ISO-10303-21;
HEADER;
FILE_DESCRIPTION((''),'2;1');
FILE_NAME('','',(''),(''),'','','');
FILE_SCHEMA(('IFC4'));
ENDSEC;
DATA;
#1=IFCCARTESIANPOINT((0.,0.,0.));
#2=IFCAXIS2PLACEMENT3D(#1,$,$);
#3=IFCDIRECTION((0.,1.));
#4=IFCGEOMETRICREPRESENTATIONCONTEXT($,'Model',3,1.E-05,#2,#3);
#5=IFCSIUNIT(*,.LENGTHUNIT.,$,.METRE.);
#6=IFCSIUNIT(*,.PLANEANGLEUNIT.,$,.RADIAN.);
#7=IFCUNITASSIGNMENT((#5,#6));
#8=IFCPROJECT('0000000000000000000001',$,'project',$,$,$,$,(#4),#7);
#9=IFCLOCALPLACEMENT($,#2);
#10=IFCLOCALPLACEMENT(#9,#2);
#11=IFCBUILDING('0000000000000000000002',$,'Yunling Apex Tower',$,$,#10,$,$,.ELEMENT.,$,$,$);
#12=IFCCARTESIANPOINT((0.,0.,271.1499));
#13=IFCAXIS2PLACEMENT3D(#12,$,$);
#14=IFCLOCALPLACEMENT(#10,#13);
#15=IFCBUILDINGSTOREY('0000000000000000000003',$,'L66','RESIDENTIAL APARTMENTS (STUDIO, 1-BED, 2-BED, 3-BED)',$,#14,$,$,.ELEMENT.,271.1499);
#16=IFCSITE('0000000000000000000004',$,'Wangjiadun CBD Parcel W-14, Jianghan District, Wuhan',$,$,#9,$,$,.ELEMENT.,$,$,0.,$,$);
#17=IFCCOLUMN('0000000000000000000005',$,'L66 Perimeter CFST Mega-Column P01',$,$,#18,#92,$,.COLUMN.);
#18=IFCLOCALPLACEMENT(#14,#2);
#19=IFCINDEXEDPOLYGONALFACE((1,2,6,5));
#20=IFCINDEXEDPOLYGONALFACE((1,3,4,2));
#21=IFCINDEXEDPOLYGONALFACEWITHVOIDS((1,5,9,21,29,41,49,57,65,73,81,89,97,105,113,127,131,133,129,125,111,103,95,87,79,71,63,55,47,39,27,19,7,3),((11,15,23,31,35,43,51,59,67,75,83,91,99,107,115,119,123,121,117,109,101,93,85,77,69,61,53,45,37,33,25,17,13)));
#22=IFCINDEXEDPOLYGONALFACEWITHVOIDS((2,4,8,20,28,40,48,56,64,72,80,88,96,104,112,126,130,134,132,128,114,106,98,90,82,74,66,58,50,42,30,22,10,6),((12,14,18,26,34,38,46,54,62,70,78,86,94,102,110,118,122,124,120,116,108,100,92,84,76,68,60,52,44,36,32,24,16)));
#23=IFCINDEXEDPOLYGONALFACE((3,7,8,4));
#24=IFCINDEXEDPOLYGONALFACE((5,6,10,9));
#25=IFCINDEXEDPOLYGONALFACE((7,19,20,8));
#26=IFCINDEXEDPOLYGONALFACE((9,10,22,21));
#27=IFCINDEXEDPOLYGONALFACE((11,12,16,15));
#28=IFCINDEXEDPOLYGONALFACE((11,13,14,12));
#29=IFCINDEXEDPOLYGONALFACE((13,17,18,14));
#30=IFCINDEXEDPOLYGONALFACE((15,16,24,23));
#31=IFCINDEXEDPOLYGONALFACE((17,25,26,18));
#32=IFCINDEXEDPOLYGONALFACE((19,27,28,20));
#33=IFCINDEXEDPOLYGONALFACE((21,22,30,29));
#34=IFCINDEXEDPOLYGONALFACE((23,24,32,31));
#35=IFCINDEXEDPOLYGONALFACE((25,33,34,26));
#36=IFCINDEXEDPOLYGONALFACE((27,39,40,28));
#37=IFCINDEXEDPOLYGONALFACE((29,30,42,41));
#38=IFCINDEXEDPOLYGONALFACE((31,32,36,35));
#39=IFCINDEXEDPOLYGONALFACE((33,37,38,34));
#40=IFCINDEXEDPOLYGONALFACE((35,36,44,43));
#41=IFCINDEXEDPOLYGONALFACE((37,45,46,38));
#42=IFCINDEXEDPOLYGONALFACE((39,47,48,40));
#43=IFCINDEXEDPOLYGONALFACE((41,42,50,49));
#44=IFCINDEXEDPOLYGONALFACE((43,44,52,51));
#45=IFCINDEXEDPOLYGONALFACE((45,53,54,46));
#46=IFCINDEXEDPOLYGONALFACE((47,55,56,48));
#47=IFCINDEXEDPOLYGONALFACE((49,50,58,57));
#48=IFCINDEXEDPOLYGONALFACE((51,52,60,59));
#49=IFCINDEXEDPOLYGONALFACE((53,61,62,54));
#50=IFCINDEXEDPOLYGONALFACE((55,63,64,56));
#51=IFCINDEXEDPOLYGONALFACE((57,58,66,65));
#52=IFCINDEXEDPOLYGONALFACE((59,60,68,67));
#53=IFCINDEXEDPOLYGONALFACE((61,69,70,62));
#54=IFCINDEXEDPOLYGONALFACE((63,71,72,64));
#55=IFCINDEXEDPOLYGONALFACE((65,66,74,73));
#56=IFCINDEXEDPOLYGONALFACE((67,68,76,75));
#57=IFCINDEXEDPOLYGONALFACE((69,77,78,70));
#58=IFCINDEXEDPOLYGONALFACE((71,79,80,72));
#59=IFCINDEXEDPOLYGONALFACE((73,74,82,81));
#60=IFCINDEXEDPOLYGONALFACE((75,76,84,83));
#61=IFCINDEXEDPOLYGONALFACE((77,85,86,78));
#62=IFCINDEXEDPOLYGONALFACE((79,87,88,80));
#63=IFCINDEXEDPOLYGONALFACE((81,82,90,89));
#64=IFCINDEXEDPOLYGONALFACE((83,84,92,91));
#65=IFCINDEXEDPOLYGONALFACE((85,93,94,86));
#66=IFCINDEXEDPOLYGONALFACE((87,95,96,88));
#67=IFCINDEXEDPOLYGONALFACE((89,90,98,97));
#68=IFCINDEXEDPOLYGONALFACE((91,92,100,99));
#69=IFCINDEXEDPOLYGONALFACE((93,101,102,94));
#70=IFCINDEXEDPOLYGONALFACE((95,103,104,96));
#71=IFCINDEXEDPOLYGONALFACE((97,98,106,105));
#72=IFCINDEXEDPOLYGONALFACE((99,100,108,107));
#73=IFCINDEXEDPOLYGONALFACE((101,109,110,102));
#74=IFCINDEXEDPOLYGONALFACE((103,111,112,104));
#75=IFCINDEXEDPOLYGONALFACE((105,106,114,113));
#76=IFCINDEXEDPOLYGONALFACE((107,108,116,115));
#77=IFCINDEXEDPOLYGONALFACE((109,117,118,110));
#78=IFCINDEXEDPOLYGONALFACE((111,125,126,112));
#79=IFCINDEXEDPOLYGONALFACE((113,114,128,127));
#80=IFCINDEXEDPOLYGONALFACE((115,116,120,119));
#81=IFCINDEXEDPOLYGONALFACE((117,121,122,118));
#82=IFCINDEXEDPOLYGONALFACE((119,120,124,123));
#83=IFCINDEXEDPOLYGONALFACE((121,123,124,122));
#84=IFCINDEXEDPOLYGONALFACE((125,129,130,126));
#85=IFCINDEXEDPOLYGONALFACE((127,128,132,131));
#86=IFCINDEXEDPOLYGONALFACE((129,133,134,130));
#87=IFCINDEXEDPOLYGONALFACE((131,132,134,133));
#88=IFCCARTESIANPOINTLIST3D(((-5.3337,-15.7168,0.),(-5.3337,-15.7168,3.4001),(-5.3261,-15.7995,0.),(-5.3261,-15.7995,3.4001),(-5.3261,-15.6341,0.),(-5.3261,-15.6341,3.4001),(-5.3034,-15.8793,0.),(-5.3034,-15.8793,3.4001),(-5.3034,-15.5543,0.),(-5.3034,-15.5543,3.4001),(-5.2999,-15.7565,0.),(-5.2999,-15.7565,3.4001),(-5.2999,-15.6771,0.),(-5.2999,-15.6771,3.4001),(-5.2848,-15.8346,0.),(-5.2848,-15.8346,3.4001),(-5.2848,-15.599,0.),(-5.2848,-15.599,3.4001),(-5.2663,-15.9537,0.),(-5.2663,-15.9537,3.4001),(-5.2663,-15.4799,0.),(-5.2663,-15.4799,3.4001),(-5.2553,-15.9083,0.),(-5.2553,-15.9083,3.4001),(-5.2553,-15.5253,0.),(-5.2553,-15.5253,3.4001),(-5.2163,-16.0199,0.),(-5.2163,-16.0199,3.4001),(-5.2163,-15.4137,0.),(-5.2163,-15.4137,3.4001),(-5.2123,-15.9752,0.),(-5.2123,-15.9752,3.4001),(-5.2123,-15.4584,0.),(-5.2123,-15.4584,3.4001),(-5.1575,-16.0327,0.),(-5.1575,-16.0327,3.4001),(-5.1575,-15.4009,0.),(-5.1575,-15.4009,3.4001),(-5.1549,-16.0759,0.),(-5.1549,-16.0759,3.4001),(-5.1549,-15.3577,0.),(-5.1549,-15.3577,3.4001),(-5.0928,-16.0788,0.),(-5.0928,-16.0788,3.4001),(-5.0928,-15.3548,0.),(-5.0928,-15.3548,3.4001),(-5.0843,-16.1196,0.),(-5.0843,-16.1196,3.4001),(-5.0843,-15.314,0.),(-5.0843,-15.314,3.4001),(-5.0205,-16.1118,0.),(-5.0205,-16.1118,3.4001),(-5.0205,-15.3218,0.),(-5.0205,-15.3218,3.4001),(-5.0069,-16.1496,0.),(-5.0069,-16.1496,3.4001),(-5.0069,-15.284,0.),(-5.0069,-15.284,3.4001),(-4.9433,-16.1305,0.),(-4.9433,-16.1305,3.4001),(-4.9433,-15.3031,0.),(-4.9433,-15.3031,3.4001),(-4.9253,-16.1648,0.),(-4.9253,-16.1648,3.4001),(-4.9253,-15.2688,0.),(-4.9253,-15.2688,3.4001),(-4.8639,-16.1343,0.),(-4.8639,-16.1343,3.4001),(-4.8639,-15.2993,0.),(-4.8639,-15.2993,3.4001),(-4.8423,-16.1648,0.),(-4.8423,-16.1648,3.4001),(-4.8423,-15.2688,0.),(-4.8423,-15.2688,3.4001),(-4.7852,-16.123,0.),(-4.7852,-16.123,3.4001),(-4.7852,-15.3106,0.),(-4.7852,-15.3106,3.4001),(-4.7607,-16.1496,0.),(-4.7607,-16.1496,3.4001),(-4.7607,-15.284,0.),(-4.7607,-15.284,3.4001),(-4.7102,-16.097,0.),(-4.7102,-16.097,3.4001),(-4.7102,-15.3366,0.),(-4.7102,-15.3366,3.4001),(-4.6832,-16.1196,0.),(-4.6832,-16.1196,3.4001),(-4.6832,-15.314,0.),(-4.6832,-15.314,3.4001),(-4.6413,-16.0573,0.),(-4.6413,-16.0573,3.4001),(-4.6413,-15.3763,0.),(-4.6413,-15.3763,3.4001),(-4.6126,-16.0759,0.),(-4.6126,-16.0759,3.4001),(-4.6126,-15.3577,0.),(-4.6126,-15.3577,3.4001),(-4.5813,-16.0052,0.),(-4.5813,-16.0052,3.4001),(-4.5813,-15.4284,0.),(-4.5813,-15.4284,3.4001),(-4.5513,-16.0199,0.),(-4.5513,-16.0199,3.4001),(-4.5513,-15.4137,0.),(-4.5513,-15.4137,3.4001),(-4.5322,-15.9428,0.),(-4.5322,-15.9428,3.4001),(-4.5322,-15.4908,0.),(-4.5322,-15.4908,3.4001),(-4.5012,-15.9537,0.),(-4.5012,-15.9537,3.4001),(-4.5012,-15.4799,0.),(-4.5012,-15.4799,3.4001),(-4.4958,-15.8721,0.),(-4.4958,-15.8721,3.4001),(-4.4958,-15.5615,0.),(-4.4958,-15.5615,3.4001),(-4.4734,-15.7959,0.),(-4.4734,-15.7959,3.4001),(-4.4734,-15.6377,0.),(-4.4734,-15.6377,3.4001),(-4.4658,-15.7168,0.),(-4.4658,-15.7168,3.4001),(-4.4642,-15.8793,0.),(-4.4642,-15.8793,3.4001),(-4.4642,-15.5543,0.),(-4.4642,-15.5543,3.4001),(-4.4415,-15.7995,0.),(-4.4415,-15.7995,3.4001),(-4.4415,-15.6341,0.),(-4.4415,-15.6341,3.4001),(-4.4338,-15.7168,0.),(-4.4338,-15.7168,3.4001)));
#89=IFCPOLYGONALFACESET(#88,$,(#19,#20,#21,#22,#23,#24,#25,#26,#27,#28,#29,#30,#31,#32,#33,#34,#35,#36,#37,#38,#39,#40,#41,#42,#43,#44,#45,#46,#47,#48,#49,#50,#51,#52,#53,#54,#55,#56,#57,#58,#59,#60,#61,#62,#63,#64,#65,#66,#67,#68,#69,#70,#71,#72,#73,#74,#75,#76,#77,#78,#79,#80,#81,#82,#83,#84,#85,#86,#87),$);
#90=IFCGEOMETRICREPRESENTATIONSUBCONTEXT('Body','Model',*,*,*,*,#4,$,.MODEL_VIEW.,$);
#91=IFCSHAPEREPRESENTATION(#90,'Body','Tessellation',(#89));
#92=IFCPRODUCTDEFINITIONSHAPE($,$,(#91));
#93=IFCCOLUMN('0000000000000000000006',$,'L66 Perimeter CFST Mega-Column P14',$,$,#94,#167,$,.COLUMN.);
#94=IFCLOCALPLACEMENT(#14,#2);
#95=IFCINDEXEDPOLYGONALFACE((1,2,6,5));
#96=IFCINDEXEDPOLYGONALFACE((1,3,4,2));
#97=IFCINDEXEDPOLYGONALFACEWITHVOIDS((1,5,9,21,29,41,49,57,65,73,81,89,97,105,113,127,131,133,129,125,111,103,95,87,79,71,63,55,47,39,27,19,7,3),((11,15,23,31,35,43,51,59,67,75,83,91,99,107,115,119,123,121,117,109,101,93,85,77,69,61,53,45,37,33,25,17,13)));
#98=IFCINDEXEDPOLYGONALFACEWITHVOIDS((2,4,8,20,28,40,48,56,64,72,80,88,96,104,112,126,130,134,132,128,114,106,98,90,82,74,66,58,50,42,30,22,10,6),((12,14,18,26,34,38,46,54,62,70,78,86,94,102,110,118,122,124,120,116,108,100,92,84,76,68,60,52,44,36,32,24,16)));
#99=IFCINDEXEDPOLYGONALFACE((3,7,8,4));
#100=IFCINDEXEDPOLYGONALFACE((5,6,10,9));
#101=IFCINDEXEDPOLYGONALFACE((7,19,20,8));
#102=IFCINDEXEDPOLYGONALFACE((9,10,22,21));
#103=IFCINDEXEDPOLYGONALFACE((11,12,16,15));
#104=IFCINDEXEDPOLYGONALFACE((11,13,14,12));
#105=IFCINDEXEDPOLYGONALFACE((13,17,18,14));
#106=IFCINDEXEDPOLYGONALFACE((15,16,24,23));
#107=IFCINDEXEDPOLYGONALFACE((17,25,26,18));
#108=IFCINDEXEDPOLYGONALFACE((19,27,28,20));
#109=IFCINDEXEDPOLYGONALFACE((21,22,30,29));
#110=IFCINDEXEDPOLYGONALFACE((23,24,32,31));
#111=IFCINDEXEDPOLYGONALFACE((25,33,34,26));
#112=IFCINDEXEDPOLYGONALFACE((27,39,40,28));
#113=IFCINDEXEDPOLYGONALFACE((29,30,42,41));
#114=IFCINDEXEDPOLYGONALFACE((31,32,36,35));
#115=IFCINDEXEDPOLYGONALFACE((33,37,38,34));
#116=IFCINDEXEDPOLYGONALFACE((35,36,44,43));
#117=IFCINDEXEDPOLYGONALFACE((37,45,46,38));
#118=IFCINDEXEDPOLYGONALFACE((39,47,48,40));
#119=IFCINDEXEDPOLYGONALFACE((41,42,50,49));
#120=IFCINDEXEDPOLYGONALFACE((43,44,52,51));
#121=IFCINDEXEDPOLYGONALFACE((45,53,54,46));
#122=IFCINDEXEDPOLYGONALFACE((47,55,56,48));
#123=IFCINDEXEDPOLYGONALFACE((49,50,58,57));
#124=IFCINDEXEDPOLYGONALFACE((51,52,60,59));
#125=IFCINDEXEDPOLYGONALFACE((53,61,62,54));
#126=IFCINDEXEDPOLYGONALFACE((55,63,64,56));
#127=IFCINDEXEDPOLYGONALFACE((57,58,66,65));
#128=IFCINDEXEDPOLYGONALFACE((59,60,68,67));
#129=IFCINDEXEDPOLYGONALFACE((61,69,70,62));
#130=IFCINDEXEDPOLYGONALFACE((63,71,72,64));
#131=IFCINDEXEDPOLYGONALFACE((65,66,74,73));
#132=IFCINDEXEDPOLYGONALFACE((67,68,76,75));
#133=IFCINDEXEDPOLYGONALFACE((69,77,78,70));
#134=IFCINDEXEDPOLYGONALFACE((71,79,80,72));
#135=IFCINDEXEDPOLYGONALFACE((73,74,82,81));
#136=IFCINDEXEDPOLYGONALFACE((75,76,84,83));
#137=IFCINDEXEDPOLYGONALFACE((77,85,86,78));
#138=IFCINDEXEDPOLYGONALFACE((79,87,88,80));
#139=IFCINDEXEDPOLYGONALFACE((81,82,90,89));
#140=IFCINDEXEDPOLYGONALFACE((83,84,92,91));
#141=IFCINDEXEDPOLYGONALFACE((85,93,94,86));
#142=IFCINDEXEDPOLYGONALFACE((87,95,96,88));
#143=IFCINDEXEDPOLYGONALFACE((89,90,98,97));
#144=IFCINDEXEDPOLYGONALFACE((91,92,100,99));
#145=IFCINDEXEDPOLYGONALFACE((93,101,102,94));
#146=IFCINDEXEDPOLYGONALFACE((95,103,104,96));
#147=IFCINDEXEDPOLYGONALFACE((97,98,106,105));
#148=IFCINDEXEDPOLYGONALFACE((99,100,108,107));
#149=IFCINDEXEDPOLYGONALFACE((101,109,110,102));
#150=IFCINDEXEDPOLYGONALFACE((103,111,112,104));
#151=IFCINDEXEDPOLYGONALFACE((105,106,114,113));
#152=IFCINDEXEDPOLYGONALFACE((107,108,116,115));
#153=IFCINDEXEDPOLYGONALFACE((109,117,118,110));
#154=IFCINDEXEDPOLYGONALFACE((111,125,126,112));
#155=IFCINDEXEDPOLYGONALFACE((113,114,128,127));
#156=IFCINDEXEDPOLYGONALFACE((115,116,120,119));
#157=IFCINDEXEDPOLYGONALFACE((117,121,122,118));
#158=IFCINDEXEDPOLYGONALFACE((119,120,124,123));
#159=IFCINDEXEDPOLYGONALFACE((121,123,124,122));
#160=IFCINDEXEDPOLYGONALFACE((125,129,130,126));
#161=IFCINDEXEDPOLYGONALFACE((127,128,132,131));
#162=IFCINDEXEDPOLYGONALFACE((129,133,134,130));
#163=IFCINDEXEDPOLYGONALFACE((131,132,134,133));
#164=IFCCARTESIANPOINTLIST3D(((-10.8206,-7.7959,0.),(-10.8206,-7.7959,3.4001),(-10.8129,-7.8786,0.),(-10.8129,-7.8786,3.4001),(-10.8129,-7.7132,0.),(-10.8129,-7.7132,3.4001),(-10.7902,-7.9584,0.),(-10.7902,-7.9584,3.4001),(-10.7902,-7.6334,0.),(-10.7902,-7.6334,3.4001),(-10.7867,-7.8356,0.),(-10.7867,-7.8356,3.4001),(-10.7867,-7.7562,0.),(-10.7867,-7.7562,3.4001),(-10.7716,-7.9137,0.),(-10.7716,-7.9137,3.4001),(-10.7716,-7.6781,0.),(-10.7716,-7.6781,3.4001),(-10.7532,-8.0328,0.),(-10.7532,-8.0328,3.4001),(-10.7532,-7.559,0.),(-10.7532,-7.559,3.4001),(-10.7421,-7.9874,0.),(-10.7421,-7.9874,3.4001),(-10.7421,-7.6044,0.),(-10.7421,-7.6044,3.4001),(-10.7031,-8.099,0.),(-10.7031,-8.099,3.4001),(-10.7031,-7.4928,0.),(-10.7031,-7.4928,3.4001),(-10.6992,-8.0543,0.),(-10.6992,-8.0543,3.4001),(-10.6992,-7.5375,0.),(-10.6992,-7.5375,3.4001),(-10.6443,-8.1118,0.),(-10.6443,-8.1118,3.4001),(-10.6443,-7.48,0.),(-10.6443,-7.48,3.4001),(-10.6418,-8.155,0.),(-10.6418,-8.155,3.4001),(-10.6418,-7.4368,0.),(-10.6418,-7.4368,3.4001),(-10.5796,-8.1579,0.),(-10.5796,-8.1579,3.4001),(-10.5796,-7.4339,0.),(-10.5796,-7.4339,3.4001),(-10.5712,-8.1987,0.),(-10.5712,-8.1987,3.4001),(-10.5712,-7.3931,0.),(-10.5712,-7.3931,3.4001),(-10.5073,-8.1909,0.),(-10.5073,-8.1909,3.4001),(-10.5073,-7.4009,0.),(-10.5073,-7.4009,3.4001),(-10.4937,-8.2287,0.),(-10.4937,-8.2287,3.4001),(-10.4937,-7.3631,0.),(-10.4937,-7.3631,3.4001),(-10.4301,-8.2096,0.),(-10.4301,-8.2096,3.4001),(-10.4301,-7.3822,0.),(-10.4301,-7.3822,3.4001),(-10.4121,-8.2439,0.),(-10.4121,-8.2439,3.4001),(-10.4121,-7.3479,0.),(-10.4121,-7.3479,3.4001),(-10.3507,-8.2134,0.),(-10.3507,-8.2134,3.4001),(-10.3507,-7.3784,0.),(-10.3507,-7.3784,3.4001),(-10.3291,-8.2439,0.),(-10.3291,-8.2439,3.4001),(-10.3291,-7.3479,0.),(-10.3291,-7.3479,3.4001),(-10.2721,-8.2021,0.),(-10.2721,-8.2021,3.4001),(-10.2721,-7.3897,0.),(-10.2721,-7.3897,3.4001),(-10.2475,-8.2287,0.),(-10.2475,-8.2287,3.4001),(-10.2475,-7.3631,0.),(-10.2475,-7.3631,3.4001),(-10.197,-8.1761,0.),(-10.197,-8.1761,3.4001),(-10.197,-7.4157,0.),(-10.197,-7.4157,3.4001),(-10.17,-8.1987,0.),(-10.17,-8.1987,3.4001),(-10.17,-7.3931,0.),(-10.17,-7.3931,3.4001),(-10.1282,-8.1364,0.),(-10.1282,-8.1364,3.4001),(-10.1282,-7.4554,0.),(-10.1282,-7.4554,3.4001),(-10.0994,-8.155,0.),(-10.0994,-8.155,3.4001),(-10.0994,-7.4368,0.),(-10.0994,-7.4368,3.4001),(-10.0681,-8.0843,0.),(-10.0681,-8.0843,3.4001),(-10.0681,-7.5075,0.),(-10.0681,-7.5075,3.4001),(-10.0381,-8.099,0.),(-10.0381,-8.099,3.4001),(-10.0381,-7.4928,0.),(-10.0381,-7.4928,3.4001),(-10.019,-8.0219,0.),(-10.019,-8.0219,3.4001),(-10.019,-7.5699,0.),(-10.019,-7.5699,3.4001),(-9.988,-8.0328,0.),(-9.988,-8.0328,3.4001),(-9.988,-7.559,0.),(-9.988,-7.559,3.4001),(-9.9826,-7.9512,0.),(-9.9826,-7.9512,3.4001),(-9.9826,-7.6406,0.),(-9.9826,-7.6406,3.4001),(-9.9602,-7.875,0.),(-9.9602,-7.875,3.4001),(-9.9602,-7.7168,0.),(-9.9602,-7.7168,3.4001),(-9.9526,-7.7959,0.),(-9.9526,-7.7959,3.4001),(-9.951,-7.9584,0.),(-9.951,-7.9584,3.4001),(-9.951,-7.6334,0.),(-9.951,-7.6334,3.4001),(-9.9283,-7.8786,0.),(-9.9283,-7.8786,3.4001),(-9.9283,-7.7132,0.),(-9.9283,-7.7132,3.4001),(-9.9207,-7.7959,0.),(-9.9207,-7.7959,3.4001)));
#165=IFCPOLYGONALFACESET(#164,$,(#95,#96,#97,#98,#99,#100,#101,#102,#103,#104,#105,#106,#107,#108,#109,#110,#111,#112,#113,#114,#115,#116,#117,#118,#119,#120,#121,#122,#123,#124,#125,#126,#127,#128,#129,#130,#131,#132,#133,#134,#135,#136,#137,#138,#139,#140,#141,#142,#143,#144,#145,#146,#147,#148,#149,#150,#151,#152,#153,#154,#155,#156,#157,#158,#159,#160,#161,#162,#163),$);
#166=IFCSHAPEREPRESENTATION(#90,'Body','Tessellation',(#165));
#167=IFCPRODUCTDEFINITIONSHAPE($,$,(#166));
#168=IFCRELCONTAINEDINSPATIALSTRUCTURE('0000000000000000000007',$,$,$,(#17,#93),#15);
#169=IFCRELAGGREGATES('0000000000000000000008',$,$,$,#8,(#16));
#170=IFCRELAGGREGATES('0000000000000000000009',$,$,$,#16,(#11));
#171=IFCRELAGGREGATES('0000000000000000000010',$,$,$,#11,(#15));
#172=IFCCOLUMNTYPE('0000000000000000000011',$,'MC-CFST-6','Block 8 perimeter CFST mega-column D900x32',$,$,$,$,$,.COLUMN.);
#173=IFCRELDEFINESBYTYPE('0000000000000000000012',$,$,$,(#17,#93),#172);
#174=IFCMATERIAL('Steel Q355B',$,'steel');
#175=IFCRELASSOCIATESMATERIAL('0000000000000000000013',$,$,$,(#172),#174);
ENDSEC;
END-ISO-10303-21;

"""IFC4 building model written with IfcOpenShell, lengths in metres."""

from ifc_helpers import new_model, si_unit, direction, frame, origin, origin_2d, place, context, subcontext, project, spatial, hollow_circle, extrude, source, transform, mapped, material, material_profile, profile_set, type_object, element, save


model = new_model("IFC4")

# Units and contexts
model_context = context("Model", 3, precision=1e-05, world=origin(), true_north=direction((0.0, 1.0)))
body_context = subcontext(model_context, "Body", "Model", "MODEL_VIEW")
ifc_project = project(units=[si_unit("LENGTHUNIT", "METRE"), si_unit("PLANEANGLEUNIT", "RADIAN")], contexts=[model_context])

# Site, building, storey
site_placement = place(None, origin())
site = spatial("IfcSite", under=ifc_project, at=site_placement, Name="Wangjiadun CBD Parcel W-14, Jianghan District, Wuhan", CompositionType="ELEMENT", RefElevation=0.0)
building_placement = place(site_placement, origin())
building = spatial("IfcBuilding", under=site, at=building_placement, Name="Yunling Apex Tower", CompositionType="ELEMENT")
storey_placement = place(building_placement, frame((0.0, 0.0, 271.1499)))
storey = spatial("IfcBuildingStorey", under=building, at=storey_placement, Name="L66", Description="RESIDENTIAL APARTMENTS (STUDIO, 1-BED, 2-BED, 3-BED)", CompositionType="ELEMENT", Elevation=271.1499)

# Columns
ifc_material_1 = material(Name="Steel Q355B", Category="steel")
ifc_material_profile_1 = material_profile(ifc_material_1, hollow_circle(Radius=0.45, WallThickness=0.032, at=origin_2d()))
ifc_profile_set_1 = profile_set([ifc_material_profile_1], Name="Steel Q355B")
column_type = type_object("IfcColumnType", Name="MC-CFST-6", Description="Block 8 perimeter CFST mega-column D900x32", PredefinedType="COLUMN", material=ifc_profile_set_1)
shared_shape_1 = source(origin(), body_context, "Body", "SweptSolid", [
    extrude(hollow_circle(Radius=0.45, WallThickness=0.032, at=origin_2d()), origin(), (0.0, 0.0, 1.0), 3.4001),
])
for number, where, z_axis, x_axis, name in (
    (1, (-4.8838, -15.7168, 0.0), (0.0, 0.0, 1.0), (1.0, 0.0, 0.0), "L66 Perimeter CFST Mega-Column P01"),
    (2, (-10.3706, -7.7959, 0.0), (0.0, 0.0, 1.0), (1.0, 0.0, 0.0), "L66 Perimeter CFST Mega-Column P14"),
):
    element("IfcColumn", number, at=place(storey_placement, frame(where, z_axis=z_axis, x_axis=x_axis)), inside=storey, type_object=column_type, Name=name, PredefinedType="COLUMN", context=body_context, shape_type="MappedRepresentation", body=[
        mapped(shared_shape_1, transform((0.0, 0.0, 0.0), scale=1.0)),
    ])

save(model, "model.ifc")
